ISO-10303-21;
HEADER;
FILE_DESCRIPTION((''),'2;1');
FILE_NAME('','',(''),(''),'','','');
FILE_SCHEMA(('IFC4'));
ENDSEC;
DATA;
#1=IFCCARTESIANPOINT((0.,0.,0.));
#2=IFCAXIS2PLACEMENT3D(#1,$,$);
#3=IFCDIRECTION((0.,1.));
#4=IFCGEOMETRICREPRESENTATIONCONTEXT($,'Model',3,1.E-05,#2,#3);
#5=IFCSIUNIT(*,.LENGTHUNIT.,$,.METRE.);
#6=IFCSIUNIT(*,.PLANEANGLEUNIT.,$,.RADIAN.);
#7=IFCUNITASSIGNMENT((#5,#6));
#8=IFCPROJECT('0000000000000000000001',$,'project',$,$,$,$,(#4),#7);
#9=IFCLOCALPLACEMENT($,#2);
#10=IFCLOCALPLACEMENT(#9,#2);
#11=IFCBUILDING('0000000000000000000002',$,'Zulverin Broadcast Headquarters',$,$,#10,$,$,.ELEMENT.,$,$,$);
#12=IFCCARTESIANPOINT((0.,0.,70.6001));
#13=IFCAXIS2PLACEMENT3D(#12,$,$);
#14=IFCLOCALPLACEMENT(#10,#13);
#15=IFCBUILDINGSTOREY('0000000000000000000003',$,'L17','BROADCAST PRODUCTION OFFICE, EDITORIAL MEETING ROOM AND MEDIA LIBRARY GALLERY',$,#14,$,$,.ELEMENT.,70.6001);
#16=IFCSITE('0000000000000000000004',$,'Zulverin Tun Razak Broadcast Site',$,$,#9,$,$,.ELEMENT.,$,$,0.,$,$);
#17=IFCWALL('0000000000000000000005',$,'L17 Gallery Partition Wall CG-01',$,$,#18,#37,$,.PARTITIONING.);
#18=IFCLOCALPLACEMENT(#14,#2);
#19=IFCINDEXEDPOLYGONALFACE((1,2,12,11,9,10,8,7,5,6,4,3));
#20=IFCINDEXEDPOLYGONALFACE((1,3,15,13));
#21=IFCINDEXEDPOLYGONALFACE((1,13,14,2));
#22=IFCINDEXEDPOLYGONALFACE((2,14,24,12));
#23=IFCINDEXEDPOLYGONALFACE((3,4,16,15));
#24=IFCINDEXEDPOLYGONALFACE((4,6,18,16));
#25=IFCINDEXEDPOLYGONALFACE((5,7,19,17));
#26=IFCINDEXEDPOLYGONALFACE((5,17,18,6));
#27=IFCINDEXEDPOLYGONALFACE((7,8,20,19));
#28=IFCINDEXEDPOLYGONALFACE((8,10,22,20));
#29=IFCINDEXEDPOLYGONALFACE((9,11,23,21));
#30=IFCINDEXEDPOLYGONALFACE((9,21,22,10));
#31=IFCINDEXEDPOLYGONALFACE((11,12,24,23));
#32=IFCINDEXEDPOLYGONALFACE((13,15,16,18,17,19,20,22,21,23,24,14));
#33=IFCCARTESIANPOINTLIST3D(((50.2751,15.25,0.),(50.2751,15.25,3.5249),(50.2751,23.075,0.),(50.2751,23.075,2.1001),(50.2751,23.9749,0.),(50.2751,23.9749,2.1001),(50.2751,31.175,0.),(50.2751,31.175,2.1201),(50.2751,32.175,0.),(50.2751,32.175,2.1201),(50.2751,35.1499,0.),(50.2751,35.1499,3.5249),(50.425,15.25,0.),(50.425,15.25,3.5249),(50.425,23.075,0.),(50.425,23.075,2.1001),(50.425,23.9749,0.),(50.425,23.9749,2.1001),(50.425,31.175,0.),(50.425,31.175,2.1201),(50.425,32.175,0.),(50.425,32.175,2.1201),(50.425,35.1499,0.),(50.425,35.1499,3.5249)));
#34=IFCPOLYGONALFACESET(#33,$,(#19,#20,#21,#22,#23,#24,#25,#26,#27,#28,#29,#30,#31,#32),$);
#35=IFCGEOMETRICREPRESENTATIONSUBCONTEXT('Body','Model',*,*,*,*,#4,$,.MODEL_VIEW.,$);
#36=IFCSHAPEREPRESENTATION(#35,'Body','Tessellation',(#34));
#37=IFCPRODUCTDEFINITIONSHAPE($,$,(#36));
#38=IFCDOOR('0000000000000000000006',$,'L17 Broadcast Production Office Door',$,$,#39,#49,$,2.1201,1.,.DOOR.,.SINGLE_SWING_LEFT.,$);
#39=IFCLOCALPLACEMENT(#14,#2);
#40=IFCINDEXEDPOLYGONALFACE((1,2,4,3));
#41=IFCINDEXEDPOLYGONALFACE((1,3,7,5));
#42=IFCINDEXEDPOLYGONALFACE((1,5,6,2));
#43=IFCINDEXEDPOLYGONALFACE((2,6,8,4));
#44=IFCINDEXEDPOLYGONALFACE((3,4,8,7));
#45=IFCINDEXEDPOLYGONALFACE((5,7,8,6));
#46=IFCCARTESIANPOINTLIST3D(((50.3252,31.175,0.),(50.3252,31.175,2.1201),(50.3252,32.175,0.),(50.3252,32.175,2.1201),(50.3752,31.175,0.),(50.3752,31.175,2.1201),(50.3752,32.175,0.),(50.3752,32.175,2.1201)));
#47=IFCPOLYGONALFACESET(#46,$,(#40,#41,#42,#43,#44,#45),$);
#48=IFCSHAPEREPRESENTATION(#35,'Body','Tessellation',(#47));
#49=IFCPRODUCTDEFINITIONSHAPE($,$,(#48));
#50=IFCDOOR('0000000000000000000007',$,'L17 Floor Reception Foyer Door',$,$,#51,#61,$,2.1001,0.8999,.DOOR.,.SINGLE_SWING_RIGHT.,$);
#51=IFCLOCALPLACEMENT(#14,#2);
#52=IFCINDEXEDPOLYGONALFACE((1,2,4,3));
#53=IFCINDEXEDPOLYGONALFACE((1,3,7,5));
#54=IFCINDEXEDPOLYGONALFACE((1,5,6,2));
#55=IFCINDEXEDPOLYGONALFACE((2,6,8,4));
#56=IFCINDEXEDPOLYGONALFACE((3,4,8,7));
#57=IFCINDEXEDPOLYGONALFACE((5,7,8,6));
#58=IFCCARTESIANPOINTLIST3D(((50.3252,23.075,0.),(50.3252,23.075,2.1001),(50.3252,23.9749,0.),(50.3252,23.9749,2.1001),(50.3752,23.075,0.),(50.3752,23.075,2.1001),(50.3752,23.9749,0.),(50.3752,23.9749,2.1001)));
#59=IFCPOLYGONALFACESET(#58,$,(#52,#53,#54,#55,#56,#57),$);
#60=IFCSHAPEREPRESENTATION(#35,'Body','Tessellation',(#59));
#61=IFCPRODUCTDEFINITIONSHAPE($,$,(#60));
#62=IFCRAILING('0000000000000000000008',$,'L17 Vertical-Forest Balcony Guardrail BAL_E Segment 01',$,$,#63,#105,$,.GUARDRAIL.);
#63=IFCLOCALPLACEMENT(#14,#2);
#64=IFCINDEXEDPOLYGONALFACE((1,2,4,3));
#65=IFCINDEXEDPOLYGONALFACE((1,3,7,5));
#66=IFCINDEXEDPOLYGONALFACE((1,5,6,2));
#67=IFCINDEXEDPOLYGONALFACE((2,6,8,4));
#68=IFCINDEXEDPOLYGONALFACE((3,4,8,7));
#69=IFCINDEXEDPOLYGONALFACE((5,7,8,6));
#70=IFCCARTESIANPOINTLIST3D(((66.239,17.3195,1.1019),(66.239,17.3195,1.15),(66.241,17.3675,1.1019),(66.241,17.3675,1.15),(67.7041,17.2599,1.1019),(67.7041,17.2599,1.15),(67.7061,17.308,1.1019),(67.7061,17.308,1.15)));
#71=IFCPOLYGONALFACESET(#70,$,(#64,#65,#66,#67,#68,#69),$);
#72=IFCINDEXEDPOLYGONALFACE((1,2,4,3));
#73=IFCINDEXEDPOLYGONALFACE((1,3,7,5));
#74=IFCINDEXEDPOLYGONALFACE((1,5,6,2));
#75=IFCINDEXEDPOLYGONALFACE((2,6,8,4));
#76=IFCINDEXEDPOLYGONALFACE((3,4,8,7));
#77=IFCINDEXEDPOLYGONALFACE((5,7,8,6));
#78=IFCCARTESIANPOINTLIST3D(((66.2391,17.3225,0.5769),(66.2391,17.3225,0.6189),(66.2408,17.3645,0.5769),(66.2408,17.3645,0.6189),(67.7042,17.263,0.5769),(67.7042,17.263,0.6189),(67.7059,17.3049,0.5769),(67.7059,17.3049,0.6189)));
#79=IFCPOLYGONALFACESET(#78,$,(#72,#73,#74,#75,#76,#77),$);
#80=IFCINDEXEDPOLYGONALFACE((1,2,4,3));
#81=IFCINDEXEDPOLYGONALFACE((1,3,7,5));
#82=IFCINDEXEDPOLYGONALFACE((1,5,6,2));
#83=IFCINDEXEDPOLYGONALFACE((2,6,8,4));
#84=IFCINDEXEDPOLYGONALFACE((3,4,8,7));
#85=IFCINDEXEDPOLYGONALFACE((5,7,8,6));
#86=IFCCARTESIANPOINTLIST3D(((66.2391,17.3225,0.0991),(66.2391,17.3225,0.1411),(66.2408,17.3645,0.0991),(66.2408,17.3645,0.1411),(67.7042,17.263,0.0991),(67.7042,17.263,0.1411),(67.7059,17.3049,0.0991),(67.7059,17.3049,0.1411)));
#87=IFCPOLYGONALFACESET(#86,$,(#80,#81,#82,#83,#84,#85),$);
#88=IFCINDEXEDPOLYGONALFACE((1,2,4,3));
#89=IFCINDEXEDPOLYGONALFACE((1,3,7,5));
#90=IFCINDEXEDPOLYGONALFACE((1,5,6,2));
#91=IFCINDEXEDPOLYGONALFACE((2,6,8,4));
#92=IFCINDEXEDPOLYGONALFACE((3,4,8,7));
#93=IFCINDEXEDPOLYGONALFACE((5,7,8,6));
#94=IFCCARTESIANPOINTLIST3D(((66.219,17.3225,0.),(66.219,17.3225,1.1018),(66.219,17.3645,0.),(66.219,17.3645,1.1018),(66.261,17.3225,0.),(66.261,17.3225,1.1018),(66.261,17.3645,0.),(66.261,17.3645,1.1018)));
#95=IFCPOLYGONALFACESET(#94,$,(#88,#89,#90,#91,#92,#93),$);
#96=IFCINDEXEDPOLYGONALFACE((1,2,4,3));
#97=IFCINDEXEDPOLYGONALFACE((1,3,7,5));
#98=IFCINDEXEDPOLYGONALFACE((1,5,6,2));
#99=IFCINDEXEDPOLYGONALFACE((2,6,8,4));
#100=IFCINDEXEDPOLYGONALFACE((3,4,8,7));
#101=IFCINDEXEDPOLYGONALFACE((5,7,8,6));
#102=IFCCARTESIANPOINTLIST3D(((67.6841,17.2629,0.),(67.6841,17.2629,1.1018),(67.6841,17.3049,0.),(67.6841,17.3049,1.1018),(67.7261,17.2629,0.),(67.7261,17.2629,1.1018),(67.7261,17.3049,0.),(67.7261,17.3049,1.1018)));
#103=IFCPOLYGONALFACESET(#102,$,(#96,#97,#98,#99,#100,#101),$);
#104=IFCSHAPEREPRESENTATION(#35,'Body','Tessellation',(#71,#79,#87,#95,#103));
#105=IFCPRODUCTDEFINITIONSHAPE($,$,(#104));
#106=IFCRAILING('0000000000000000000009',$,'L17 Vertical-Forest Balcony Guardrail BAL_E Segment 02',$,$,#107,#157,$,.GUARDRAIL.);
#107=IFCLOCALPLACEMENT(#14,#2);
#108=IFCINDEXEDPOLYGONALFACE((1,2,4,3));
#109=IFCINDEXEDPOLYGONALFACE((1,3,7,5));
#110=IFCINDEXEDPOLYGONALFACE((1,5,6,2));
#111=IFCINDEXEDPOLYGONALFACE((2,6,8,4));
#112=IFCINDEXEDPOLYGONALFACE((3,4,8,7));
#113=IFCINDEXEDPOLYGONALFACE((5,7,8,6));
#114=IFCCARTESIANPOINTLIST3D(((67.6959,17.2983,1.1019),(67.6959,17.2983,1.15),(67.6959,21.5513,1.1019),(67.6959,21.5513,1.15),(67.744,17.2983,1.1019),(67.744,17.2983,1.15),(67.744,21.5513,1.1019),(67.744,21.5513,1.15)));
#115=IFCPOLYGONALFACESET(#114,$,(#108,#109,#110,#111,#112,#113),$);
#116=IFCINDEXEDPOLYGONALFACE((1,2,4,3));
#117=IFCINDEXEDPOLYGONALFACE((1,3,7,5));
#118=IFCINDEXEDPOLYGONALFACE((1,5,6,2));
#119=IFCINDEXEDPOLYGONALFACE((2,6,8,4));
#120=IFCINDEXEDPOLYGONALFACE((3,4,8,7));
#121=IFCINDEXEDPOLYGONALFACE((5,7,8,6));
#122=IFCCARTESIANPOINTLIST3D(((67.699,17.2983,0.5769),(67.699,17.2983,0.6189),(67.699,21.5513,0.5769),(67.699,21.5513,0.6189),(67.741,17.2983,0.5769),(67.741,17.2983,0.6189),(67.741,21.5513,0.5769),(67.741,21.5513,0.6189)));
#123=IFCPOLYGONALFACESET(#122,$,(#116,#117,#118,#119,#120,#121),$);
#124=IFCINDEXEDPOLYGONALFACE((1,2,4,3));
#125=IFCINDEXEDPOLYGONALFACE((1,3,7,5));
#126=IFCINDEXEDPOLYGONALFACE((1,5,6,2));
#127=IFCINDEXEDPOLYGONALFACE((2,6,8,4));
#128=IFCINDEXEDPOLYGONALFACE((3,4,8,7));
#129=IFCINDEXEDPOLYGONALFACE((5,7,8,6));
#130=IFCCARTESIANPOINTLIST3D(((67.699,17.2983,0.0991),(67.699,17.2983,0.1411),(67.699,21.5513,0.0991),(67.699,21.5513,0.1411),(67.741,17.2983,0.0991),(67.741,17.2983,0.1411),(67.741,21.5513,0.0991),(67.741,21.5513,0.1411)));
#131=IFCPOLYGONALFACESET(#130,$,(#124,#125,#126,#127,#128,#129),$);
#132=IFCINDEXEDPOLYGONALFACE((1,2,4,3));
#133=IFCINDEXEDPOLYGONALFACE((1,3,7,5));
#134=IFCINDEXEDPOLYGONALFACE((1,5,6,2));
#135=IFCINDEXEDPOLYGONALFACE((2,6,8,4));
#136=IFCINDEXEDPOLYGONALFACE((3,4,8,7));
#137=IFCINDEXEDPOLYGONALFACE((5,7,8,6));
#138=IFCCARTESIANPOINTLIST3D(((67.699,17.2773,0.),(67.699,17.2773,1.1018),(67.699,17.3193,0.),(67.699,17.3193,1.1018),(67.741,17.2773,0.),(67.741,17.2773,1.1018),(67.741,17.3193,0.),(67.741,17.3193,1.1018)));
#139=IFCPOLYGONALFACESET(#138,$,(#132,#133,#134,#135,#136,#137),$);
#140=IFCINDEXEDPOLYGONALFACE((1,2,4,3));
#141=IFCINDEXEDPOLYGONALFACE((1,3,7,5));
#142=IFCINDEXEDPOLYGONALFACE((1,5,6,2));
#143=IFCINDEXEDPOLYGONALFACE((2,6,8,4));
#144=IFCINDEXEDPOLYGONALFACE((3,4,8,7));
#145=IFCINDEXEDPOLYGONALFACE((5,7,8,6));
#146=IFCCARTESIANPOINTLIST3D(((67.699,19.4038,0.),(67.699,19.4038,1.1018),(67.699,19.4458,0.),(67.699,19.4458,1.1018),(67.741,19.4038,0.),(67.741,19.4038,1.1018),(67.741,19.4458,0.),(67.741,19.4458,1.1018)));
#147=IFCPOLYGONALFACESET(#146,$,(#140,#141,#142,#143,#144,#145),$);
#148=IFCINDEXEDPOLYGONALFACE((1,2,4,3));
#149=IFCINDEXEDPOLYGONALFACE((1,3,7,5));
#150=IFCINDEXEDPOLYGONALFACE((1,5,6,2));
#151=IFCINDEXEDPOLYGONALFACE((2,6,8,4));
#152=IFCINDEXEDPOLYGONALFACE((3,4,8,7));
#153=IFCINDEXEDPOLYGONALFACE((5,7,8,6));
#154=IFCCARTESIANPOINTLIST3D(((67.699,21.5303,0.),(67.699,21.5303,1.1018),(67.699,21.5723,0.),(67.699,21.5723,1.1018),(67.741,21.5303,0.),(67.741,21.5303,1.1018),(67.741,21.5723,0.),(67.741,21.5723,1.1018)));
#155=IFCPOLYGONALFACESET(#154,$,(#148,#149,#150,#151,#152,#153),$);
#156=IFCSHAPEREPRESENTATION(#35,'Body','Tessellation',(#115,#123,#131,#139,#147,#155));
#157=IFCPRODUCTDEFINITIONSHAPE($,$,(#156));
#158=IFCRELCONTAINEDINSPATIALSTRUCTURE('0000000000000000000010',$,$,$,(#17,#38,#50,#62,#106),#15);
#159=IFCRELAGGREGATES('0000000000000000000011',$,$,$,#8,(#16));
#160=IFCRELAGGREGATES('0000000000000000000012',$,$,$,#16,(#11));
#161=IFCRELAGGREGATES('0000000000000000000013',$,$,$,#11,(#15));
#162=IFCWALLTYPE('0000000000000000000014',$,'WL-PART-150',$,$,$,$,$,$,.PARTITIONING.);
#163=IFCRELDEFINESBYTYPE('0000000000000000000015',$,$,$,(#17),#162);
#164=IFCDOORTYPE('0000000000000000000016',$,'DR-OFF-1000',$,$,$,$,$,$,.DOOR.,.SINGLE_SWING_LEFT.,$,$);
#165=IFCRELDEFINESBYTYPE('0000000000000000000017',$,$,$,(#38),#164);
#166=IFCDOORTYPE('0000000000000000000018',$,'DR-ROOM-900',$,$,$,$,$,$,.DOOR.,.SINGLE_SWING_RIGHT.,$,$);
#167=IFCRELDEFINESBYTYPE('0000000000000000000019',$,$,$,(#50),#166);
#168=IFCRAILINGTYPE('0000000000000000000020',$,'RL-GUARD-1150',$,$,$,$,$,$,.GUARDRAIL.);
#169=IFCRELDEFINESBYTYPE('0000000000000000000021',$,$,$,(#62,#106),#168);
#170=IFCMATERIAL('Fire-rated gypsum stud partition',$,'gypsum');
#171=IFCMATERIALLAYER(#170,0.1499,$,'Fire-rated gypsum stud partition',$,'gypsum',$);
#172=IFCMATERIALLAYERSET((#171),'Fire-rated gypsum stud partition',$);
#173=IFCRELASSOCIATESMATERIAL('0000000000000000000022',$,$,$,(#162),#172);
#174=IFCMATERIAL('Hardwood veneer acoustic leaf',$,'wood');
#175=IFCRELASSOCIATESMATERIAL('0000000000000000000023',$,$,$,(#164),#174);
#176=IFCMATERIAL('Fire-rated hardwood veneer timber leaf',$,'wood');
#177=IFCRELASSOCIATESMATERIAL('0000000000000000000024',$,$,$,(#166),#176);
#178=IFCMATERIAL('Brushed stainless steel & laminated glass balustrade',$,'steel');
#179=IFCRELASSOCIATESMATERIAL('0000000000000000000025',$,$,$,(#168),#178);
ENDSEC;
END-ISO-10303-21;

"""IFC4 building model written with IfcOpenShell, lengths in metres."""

from ifc_helpers import new_model, si_unit, direction, frame, frame_2d, origin, origin_2d, place, context, subcontext, project, spatial, rectangle, extrude, material, layer, layer_set, type_object, element, fill, save


model = new_model("IFC4")

# Units and contexts
model_context = context("Model", 3, precision=1e-05, world=origin(), true_north=direction((0.0, 1.0)))
body_context = subcontext(model_context, "Body", "Model", "MODEL_VIEW")
ifc_project = project(units=[si_unit("LENGTHUNIT", "METRE"), si_unit("PLANEANGLEUNIT", "RADIAN")], contexts=[model_context])

# Site, building, storey
site_placement = place(None, origin())
site = spatial("IfcSite", under=ifc_project, at=site_placement, Name="Zulverin Tun Razak Broadcast Site", CompositionType="ELEMENT", RefElevation=0.0)
building_placement = place(site_placement, origin())
building = spatial("IfcBuilding", under=site, at=building_placement, Name="Zulverin Broadcast Headquarters", CompositionType="ELEMENT")
storey_placement = place(building_placement, frame((0.0, 0.0, 70.6001)))
storey = spatial("IfcBuildingStorey", under=building, at=storey_placement, Name="L17", Description="BROADCAST PRODUCTION OFFICE, EDITORIAL MEETING ROOM AND MEDIA LIBRARY GALLERY", CompositionType="ELEMENT", Elevation=70.6001)

# Wall, openings, doors
ifc_material_1 = material(Name="Fire-rated gypsum stud partition", Category="gypsum")
ifc_layer_1 = layer(ifc_material_1, 0.1499, Name="Fire-rated gypsum stud partition", Category="gypsum")
ifc_layer_set_1 = layer_set([ifc_layer_1], Name="Fire-rated gypsum stud partition")
wall_type_1 = type_object("IfcWallType", Name="WL-PART-150", PredefinedType="PARTITIONING", material=ifc_layer_set_1)
wall_1_placement = place(storey_placement, frame((50.3501, 15.25, 0.0), z_axis=(0.0, 0.0, 1.0), x_axis=(0.0, 1.0, 0.0)))
wall_1 = element("IfcWall", 1, at=wall_1_placement, inside=storey, type_object=wall_type_1, Name="L17 Gallery Partition Wall CG-01", PredefinedType="PARTITIONING", context=body_context, shape_type="SweptSolid", body=[
    extrude(rectangle(XDim=19.8999, YDim=0.1499, at=frame_2d((9.95, 0.0))), origin(), (0.0, 0.0, 1.0), 3.5249),
])
opening_1_placement = place(wall_1_placement, frame((7.825, 0.0, 0.0)))
opening_1 = element("IfcOpeningElement", 2, at=opening_1_placement, cuts=wall_1, PredefinedType="OPENING", context=body_context, shape_type="SweptSolid", body=[
    extrude(rectangle(XDim=0.8999, YDim=2.1001, at=frame_2d((0.45, 1.05))), frame((0.0, 0.085, 0.0), z_axis=(0.0, -1.0, 0.0), x_axis=(1.0, 0.0, 0.0)), (0.0, 0.0, 1.0), 0.1699),
])
opening_2_placement = place(wall_1_placement, frame((15.925, 0.0, 0.0)))
opening_2 = element("IfcOpeningElement", 3, at=opening_2_placement, cuts=wall_1, PredefinedType="OPENING", context=body_context, shape_type="SweptSolid", body=[
    extrude(rectangle(XDim=1.0, YDim=2.1201, at=frame_2d((0.5, 1.0601))), frame((0.0, 0.085, 0.0), z_axis=(0.0, -1.0, 0.0), x_axis=(1.0, 0.0, 0.0)), (0.0, 0.0, 1.0), 0.1699),
])
ifc_material_2 = material(Name="Hardwood veneer acoustic leaf", Category="wood")
door_type_1 = type_object("IfcDoorType", Name="DR-OFF-1000", OperationType="SINGLE_SWING_LEFT", PredefinedType="DOOR", material=ifc_material_2)
door_1_placement = place(opening_2_placement, origin())
door_1 = element("IfcDoor", 4, at=door_1_placement, inside=storey, type_object=door_type_1, Name="L17 Broadcast Production Office Door", OperationType="SINGLE_SWING_LEFT", OverallHeight=2.1201, OverallWidth=1.0, PredefinedType="DOOR", context=body_context, shape_type="SweptSolid", body=[
    extrude(rectangle(XDim=1.0, YDim=2.1201, at=frame_2d((0.5, 1.0601))), frame((0.0, 0.0249, 0.0), z_axis=(0.0, -1.0, 0.0), x_axis=(1.0, 0.0, 0.0)), (0.0, 0.0, 1.0), 0.05),
])
fill(opening_2, door_1)
ifc_material_3 = material(Name="Fire-rated hardwood veneer timber leaf", Category="wood")
door_type_2 = type_object("IfcDoorType", Name="DR-ROOM-900", OperationType="SINGLE_SWING_RIGHT", PredefinedType="DOOR", material=ifc_material_3)
door_2_placement = place(opening_1_placement, origin())
door_2 = element("IfcDoor", 5, at=door_2_placement, inside=storey, type_object=door_type_2, Name="L17 Floor Reception Foyer Door", OperationType="SINGLE_SWING_RIGHT", OverallHeight=2.1001, OverallWidth=0.8999, PredefinedType="DOOR", context=body_context, shape_type="SweptSolid", body=[
    extrude(rectangle(XDim=0.8999, YDim=2.1001, at=frame_2d((0.45, 1.05))), frame((0.0, 0.0249, 0.0), z_axis=(0.0, -1.0, 0.0), x_axis=(1.0, 0.0, 0.0)), (0.0, 0.0, 1.0), 0.05),
])
fill(opening_1, door_2)

# Railings
ifc_material_4 = material(Name="Brushed stainless steel & laminated glass balustrade", Category="steel")
railing_type = type_object("IfcRailingType", Name="RL-GUARD-1150", PredefinedType="GUARDRAIL", material=ifc_material_4)
railing_1_placement = place(storey_placement, frame((66.24, 17.3435, 0.0)))
element("IfcRailing", 6, at=railing_1_placement, inside=storey, type_object=railing_type, Name="L17 Vertical-Forest Balcony Guardrail BAL_E Segment 01", PredefinedType="GUARDRAIL", context=body_context, shape_type="SweptSolid", body=[
    extrude(rectangle(XDim=0.0481, YDim=0.0481, at=origin_2d()), frame((0.0, 0.0, 1.126), z_axis=(0.999174, -0.040626, 0.0), x_axis=(0.040626, 0.999174, 0.0)), (0.0, 0.0, 1.0), 1.4663),
    extrude(rectangle(XDim=0.042, YDim=0.042, at=origin_2d()), frame((0.0, 0.0, 0.5979), z_axis=(0.999174, -0.040626, 0.0), x_axis=(0.040626, 0.999174, 0.0)), (0.0, 0.0, 1.0), 1.4663),
    extrude(rectangle(XDim=0.042, YDim=0.042, at=origin_2d()), frame((0.0, 0.0, 0.1201), z_axis=(0.999174, -0.040626, 0.0), x_axis=(0.040626, 0.999174, 0.0)), (0.0, 0.0, 1.0), 1.4663),
    extrude(rectangle(XDim=0.042, YDim=0.042, at=origin_2d()), origin(), (0.0, 0.0, 1.0), 1.1018),
    extrude(rectangle(XDim=0.042, YDim=0.042, at=origin_2d()), frame((1.4651, -0.0596, 0.0)), (0.0, 0.0, 1.0), 1.1018),
])
railing_2_placement = place(storey_placement, frame((67.72, 17.2983, 0.0)))
element("IfcRailing", 7, at=railing_2_placement, inside=storey, type_object=railing_type, Name="L17 Vertical-Forest Balcony Guardrail BAL_E Segment 02", PredefinedType="GUARDRAIL", context=body_context, shape_type="SweptSolid", body=[
    extrude(rectangle(XDim=0.0481, YDim=0.0481, at=origin_2d()), frame((0.0, 0.0, 1.126), z_axis=(0.0, 1.0, 0.0), x_axis=(-1.0, 0.0, 0.0)), (0.0, 0.0, 1.0), 4.2529),
    extrude(rectangle(XDim=0.042, YDim=0.042, at=origin_2d()), frame((0.0, 0.0, 0.5979), z_axis=(0.0, 1.0, 0.0), x_axis=(-1.0, 0.0, 0.0)), (0.0, 0.0, 1.0), 4.2529),
    extrude(rectangle(XDim=0.042, YDim=0.042, at=origin_2d()), frame((0.0, 0.0, 0.1201), z_axis=(0.0, 1.0, 0.0), x_axis=(-1.0, 0.0, 0.0)), (0.0, 0.0, 1.0), 4.2529),
    extrude(rectangle(XDim=0.042, YDim=0.042, at=origin_2d()), origin(), (0.0, 0.0, 1.0), 1.1018),
    extrude(rectangle(XDim=0.042, YDim=0.042, at=origin_2d()), frame((0.0, 2.1265, 0.0)), (0.0, 0.0, 1.0), 1.1018),
    extrude(rectangle(XDim=0.042, YDim=0.042, at=origin_2d()), frame((0.0, 4.2529, 0.0)), (0.0, 0.0, 1.0), 1.1018),
])

save(model, "model.ifc")
